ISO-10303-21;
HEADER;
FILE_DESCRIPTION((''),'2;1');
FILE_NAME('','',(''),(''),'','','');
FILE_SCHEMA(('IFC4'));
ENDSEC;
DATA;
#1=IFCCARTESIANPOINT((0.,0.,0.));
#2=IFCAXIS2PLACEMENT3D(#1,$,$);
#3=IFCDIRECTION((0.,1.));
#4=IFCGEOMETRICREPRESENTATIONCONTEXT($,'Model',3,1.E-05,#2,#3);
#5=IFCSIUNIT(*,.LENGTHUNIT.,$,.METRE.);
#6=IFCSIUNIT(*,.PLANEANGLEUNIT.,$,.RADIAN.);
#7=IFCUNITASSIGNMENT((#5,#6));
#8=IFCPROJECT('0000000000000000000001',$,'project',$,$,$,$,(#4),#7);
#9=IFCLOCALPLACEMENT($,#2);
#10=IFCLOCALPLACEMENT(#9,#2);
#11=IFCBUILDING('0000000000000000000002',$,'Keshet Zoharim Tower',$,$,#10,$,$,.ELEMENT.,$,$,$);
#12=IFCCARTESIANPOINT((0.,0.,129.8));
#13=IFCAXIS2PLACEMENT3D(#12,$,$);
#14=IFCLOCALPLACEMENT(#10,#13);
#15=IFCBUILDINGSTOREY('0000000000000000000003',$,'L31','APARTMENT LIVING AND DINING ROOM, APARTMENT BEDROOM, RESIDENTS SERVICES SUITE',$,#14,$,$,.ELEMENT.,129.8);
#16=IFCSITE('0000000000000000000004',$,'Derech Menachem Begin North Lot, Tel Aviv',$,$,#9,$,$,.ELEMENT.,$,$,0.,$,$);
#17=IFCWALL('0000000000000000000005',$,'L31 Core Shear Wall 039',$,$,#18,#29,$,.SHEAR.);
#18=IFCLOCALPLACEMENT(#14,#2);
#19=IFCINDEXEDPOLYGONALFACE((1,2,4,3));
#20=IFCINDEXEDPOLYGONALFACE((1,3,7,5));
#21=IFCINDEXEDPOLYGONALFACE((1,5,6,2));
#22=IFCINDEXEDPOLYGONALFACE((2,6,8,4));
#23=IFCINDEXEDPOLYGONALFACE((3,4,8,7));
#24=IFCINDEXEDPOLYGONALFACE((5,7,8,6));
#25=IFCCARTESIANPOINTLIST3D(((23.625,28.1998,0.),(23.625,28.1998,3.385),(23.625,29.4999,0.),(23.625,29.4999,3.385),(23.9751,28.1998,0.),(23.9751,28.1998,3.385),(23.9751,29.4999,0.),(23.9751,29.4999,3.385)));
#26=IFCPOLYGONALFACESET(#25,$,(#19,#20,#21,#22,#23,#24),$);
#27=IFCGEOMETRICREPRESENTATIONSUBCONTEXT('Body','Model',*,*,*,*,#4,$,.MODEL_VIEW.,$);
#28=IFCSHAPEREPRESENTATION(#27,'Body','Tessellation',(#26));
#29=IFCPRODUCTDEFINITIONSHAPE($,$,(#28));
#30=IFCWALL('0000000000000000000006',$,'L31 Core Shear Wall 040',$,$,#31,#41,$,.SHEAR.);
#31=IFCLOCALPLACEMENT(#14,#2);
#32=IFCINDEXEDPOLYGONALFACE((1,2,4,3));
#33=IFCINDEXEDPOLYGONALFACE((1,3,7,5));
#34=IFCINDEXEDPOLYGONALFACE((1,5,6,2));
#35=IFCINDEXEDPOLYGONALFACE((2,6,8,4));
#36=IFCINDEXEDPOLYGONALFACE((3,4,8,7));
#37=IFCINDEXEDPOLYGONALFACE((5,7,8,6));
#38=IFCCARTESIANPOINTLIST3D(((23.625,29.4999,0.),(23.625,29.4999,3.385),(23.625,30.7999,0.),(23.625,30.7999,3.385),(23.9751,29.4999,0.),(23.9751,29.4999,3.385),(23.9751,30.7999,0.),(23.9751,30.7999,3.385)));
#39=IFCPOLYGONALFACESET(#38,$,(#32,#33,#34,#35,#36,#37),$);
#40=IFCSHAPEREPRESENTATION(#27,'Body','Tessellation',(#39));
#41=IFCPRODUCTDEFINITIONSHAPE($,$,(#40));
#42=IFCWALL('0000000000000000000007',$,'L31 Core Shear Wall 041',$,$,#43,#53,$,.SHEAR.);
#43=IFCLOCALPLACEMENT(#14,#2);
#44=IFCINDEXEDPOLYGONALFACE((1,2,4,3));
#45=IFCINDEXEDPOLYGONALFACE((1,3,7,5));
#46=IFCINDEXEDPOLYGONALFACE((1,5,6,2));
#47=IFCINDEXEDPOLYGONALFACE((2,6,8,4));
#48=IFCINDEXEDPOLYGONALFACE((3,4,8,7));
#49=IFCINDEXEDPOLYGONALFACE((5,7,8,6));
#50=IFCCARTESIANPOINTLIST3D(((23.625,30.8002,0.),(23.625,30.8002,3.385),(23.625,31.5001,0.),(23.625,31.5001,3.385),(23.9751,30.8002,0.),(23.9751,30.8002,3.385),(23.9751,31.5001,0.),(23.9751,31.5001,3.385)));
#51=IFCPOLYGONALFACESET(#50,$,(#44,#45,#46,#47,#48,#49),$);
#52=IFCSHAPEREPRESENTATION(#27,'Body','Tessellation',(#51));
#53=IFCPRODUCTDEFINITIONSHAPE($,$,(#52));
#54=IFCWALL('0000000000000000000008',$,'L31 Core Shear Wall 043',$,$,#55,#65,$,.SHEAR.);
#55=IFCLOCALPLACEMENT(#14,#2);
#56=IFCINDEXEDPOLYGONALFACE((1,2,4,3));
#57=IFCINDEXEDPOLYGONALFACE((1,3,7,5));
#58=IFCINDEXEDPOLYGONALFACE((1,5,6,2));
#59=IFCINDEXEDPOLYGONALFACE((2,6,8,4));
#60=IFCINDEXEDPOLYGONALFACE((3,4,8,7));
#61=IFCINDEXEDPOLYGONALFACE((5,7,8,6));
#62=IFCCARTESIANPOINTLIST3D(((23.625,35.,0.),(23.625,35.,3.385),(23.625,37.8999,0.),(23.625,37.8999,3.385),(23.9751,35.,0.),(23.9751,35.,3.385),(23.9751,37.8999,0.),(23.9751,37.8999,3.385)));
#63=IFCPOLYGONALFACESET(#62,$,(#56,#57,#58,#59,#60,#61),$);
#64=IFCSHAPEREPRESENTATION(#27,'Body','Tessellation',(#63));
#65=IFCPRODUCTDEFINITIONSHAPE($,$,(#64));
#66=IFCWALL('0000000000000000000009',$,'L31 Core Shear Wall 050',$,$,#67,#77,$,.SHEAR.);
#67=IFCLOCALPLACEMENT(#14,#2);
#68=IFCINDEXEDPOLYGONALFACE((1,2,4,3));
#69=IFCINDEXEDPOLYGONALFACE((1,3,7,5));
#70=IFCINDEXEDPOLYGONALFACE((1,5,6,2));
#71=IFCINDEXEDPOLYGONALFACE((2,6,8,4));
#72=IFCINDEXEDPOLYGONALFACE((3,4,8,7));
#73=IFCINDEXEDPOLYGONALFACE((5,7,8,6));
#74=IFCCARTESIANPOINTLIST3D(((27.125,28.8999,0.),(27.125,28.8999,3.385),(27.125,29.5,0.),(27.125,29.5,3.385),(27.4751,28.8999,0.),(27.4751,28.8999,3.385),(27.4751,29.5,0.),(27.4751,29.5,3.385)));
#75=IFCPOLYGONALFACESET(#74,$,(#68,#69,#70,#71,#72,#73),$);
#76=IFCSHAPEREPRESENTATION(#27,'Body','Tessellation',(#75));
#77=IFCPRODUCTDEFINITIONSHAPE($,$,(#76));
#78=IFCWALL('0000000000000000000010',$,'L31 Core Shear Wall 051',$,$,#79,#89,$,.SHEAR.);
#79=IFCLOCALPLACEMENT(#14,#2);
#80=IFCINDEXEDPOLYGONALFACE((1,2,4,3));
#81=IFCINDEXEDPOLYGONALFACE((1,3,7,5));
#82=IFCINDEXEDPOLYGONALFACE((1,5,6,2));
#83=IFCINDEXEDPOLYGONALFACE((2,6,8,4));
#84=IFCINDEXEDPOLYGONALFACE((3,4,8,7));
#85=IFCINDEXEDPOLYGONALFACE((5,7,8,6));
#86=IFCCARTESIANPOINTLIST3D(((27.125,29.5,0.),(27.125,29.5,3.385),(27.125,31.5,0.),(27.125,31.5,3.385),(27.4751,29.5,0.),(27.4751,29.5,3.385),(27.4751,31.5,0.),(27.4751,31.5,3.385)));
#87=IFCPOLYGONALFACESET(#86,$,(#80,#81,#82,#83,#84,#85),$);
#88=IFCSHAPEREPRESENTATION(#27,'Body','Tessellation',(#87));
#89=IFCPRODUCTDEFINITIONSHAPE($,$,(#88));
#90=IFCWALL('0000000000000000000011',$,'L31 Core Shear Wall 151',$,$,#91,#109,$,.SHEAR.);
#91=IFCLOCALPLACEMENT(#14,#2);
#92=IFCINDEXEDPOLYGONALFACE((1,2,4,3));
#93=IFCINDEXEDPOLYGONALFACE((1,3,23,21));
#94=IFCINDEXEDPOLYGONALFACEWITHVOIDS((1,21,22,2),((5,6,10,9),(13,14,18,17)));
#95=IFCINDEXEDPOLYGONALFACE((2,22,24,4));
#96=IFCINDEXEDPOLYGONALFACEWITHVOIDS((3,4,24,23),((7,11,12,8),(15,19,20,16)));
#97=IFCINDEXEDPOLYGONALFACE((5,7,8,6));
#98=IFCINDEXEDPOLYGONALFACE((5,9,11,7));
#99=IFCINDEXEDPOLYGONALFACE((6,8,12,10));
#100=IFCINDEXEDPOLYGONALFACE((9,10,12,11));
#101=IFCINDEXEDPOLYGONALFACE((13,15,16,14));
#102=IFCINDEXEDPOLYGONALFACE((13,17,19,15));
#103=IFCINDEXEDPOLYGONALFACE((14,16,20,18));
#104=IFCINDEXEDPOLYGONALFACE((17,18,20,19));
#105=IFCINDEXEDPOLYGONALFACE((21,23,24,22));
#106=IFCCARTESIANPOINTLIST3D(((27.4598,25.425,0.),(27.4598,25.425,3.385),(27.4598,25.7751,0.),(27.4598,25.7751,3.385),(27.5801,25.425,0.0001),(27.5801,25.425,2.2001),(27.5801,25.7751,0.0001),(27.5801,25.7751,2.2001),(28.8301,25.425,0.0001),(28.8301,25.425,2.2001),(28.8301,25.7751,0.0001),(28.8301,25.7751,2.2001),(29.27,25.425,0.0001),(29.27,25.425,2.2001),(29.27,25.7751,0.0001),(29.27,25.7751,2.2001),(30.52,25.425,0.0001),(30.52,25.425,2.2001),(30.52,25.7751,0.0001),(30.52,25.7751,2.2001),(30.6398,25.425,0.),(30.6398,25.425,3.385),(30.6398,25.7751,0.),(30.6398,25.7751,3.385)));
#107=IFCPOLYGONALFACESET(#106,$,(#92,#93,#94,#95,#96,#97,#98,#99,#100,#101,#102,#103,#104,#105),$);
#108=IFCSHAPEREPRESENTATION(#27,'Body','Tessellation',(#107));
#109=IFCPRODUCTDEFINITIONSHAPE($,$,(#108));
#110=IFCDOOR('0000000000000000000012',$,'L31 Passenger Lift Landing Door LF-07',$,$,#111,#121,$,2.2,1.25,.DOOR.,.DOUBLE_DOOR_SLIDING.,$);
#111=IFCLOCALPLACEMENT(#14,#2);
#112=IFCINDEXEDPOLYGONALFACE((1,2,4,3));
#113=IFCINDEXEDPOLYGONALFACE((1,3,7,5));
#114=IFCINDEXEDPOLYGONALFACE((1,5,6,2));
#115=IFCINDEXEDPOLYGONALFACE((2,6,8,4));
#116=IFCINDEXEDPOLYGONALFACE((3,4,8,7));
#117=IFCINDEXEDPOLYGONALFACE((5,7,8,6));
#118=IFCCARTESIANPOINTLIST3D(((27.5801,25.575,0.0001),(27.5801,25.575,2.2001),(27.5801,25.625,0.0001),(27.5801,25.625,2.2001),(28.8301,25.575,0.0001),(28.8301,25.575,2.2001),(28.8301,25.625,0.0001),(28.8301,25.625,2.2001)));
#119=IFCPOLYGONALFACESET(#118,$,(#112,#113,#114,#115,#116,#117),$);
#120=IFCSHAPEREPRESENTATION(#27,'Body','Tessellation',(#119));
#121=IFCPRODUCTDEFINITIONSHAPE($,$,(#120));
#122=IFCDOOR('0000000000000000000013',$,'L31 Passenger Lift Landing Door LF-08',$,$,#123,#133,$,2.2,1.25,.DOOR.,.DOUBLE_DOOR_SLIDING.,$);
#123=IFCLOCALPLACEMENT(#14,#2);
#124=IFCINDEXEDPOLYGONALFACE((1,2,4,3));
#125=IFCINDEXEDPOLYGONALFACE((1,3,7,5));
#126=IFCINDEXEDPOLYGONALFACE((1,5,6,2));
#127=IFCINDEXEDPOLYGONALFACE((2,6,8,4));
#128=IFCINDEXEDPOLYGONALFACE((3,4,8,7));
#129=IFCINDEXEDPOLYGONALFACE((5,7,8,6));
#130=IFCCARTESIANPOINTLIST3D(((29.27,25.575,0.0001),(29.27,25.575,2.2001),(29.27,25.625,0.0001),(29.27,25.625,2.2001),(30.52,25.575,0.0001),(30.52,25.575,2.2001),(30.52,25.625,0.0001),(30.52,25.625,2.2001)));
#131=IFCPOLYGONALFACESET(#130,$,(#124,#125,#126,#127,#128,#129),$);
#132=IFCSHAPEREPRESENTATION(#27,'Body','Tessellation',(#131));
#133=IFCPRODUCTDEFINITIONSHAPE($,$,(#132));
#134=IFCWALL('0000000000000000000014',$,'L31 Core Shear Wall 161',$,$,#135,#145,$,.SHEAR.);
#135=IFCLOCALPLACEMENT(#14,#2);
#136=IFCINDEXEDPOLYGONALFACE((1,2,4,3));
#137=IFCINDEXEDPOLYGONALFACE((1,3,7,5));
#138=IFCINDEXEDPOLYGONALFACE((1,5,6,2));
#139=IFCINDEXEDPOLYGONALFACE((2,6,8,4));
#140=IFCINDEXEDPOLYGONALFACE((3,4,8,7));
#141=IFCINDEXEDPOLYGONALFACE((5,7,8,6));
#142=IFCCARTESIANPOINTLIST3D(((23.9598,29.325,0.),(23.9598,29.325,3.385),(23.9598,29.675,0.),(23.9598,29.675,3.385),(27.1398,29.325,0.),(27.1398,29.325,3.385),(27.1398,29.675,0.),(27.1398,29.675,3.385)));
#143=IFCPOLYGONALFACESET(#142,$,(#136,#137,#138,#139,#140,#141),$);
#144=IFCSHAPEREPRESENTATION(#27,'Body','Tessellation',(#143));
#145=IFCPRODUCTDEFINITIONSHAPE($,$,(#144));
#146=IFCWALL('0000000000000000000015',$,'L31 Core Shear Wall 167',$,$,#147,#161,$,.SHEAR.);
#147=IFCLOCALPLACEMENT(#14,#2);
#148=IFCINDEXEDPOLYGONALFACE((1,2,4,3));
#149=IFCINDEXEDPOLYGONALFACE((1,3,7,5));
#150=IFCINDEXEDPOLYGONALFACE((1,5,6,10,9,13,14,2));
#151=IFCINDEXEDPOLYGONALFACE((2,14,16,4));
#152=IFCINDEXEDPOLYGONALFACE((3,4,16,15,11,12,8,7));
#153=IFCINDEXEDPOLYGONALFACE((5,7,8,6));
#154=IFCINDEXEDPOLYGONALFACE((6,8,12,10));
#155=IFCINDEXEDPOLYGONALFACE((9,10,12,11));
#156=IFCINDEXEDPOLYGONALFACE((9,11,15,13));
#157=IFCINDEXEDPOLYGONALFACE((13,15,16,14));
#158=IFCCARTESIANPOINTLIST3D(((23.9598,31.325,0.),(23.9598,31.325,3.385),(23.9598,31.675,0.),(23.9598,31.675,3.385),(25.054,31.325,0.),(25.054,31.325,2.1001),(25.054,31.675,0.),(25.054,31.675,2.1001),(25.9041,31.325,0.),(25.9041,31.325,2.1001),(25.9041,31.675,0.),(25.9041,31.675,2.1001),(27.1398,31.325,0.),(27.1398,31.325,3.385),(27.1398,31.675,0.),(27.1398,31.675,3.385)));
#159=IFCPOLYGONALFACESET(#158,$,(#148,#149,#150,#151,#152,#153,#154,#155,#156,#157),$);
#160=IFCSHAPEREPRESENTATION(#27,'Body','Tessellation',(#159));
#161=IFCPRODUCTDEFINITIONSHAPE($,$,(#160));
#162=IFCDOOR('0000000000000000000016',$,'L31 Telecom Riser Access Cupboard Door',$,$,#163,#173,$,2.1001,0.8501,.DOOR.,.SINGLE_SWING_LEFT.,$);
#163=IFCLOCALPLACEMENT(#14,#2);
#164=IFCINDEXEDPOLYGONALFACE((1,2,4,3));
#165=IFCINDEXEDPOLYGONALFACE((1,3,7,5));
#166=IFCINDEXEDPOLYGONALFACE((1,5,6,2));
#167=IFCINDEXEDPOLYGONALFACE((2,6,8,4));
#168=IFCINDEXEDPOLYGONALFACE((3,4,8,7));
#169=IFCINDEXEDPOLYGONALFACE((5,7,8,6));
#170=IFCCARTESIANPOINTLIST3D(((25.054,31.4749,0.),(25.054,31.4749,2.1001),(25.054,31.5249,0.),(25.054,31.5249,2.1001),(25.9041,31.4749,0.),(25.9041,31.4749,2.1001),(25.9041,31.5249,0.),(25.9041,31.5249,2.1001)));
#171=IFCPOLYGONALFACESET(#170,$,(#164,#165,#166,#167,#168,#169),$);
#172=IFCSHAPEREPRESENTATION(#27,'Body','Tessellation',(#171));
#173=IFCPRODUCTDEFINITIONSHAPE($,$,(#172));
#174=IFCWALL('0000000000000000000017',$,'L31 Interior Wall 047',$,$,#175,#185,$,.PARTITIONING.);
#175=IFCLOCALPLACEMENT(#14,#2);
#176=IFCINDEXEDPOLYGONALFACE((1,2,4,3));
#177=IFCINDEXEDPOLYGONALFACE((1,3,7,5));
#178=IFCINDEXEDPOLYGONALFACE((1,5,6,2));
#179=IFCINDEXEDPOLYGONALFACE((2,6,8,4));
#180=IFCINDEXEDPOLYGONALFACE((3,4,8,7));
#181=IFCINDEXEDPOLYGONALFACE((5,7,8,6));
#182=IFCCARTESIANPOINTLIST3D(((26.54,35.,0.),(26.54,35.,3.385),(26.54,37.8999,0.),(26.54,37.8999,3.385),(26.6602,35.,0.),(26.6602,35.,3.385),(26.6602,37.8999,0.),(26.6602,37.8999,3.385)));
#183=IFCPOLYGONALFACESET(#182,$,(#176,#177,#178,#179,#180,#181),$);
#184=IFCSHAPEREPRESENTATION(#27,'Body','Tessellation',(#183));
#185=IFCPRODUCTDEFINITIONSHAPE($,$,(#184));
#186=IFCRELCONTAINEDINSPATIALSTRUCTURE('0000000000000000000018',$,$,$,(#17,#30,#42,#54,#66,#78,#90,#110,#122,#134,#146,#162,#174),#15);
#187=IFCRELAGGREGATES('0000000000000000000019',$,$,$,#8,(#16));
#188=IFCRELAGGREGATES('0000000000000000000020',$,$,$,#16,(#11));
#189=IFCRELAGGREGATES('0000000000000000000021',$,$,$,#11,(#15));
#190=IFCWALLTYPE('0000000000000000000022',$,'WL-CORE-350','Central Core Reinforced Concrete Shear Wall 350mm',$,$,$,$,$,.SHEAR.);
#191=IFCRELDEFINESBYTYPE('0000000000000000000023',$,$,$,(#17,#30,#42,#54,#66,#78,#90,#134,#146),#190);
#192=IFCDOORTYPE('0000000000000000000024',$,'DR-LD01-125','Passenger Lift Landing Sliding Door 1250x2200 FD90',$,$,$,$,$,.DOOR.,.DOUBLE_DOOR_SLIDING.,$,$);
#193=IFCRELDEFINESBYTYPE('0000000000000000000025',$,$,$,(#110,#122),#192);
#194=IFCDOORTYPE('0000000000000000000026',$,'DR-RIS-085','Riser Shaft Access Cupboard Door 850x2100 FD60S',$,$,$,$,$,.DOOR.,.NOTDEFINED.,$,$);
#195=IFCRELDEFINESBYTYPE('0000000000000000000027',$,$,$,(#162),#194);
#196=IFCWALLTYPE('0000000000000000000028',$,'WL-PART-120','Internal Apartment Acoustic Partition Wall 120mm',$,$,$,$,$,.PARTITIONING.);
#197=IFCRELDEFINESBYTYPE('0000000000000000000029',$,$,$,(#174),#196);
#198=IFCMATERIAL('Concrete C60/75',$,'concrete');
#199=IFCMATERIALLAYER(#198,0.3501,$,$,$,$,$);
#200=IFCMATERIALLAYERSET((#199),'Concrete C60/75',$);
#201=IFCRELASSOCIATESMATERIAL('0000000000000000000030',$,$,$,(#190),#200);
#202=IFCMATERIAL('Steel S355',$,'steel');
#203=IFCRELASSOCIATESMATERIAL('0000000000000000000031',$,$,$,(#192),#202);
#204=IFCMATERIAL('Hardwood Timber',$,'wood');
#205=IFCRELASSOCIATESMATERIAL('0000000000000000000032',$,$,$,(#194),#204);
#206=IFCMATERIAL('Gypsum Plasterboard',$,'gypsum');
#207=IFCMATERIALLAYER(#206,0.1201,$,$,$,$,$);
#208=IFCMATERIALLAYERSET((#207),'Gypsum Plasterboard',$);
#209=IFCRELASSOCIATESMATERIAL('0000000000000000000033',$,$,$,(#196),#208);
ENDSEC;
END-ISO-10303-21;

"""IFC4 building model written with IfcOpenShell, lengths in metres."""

from ifc_helpers import new_model, si_unit, direction, frame, frame_2d, origin, place, context, subcontext, project, spatial, rectangle, extrude, material, layer, layer_set, type_object, element, fill, save


model = new_model("IFC4")

# Units and contexts
model_context = context("Model", 3, precision=1e-05, world=origin(), true_north=direction((0.0, 1.0)))
body_context = subcontext(model_context, "Body", "Model", "MODEL_VIEW")
ifc_project = project(units=[si_unit("LENGTHUNIT", "METRE"), si_unit("PLANEANGLEUNIT", "RADIAN")], contexts=[model_context])

# Site, building, storey
site_placement = place(None, origin())
site = spatial("IfcSite", under=ifc_project, at=site_placement, Name="Derech Menachem Begin North Lot, Tel Aviv", CompositionType="ELEMENT", RefElevation=0.0)
building_placement = place(site_placement, origin())
building = spatial("IfcBuilding", under=site, at=building_placement, Name="Keshet Zoharim Tower", CompositionType="ELEMENT")
storey_placement = place(building_placement, frame((0.0, 0.0, 129.8)))
storey = spatial("IfcBuildingStorey", under=building, at=storey_placement, Name="L31", Description="APARTMENT LIVING AND DINING ROOM, APARTMENT BEDROOM, RESIDENTS SERVICES SUITE", CompositionType="ELEMENT", Elevation=129.8)

# Walls
ifc_material_1 = material(Name="Concrete C60/75", Category="concrete")
ifc_layer_1 = layer(ifc_material_1, 0.3501)
ifc_layer_set_1 = layer_set([ifc_layer_1], Name="Concrete C60/75")
wall_type_1 = type_object("IfcWallType", Name="WL-CORE-350", Description="Central Core Reinforced Concrete Shear Wall 350mm", PredefinedType="SHEAR", material=ifc_layer_set_1)
for number, where, z_axis, x_axis, name in (
    (1, (23.8, 28.2, 0.0), (0.0, 0.0, 1.0), (0.0, 1.0, 0.0), "L31 Core Shear Wall 039"),
    (2, (23.8, 29.5, 0.0), (0.0, 0.0, 1.0), (0.0, 1.0, 0.0), "L31 Core Shear Wall 040"),
):
    element("IfcWall", number, at=place(storey_placement, frame(where, z_axis=z_axis, x_axis=x_axis)), inside=storey, type_object=wall_type_1, Name=name, PredefinedType="SHEAR", context=body_context, shape_type="SweptSolid", body=[
        extrude(rectangle(XDim=1.3, YDim=0.3501, at=frame_2d((0.6499, 0.0))), origin(), (0.0, 0.0, 1.0), 3.385),
    ])
wall_1_placement = place(storey_placement, frame((23.8, 30.8, 0.0), z_axis=(0.0, 0.0, 1.0), x_axis=(0.0, 1.0, 0.0)))
element("IfcWall", 3, at=wall_1_placement, inside=storey, type_object=wall_type_1, Name="L31 Core Shear Wall 041", PredefinedType="SHEAR", context=body_context, shape_type="SweptSolid", body=[
    extrude(rectangle(XDim=0.7, YDim=0.3501, at=frame_2d((0.3501, 0.0))), origin(), (0.0, 0.0, 1.0), 3.385),
])

# Shared definitions
ifc_material_2 = material(Name="Hardwood Timber", Category="wood")

# Walls
wall_2_placement = place(storey_placement, frame((23.8, 35.0, 0.0), z_axis=(0.0, 0.0, 1.0), x_axis=(0.0, 1.0, 0.0)))
element("IfcWall", 4, at=wall_2_placement, inside=storey, type_object=wall_type_1, Name="L31 Core Shear Wall 043", PredefinedType="SHEAR", context=body_context, shape_type="SweptSolid", body=[
    extrude(rectangle(XDim=2.8999, YDim=0.3501, at=frame_2d((1.45, 0.0))), origin(), (0.0, 0.0, 1.0), 3.385),
])
wall_3_placement = place(storey_placement, frame((27.3, 28.8999, 0.0), z_axis=(0.0, 0.0, 1.0), x_axis=(0.0, 1.0, 0.0)))
element("IfcWall", 5, at=wall_3_placement, inside=storey, type_object=wall_type_1, Name="L31 Core Shear Wall 050", PredefinedType="SHEAR", context=body_context, shape_type="SweptSolid", body=[
    extrude(rectangle(XDim=0.6001, YDim=0.3501, at=frame_2d((0.3, 0.0))), origin(), (0.0, 0.0, 1.0), 3.385),
])
wall_4_placement = place(storey_placement, frame((27.3, 29.5, 0.0), z_axis=(0.0, 0.0, 1.0), x_axis=(0.0, 1.0, 0.0)))
element("IfcWall", 6, at=wall_4_placement, inside=storey, type_object=wall_type_1, Name="L31 Core Shear Wall 051", PredefinedType="SHEAR", context=body_context, shape_type="SweptSolid", body=[
    extrude(rectangle(XDim=2.0, YDim=0.3501, at=frame_2d((1.0, 0.0))), origin(), (0.0, 0.0, 1.0), 3.385),
])

# Wall, openings, doors
wall_5_placement = place(storey_placement, frame((27.46, 25.6001, 0.0), z_axis=(0.0, 0.0, 1.0), x_axis=(1.0, 0.0, 0.0)))
wall_5 = element("IfcWall", 7, at=wall_5_placement, inside=storey, type_object=wall_type_1, Name="L31 Core Shear Wall 151", PredefinedType="SHEAR", context=body_context, shape_type="SweptSolid", body=[
    extrude(rectangle(XDim=3.1799, YDim=0.3501, at=frame_2d((1.5898, 0.0))), origin(), (0.0, 0.0, 1.0), 3.385),
])
opening_1_placement = place(wall_5_placement, frame((0.1201, 0.0, 0.0)))
opening_1 = element("IfcOpeningElement", 8, at=opening_1_placement, cuts=wall_5, PredefinedType="OPENING", context=body_context, shape_type="SweptSolid", body=[
    extrude(rectangle(XDim=1.25, YDim=2.2, at=frame_2d((0.625, 1.1001))), frame((0.0, 0.1851, 0.0), z_axis=(0.0, -1.0, 0.0), x_axis=(1.0, 0.0, 0.0)), (0.0, 0.0, 1.0), 0.3701),
])
opening_2_placement = place(wall_5_placement, frame((1.8101, 0.0, 0.0)))
opening_2 = element("IfcOpeningElement", 9, at=opening_2_placement, cuts=wall_5, PredefinedType="OPENING", context=body_context, shape_type="SweptSolid", body=[
    extrude(rectangle(XDim=1.25, YDim=2.2, at=frame_2d((0.625, 1.1001))), frame((0.0, 0.1851, 0.0), z_axis=(0.0, -1.0, 0.0), x_axis=(1.0, 0.0, 0.0)), (0.0, 0.0, 1.0), 0.3701),
])
ifc_material_3 = material(Name="Steel S355", Category="steel")
door_type_1 = type_object("IfcDoorType", Name="DR-LD01-125", Description="Passenger Lift Landing Sliding Door 1250x2200 FD90", OperationType="DOUBLE_DOOR_SLIDING", PredefinedType="DOOR", material=ifc_material_3)
door_1_placement = place(opening_1_placement, origin())
door_1 = element("IfcDoor", 10, at=door_1_placement, inside=storey, type_object=door_type_1, Name="L31 Passenger Lift Landing Door LF-07", OperationType="DOUBLE_DOOR_SLIDING", OverallHeight=2.2, OverallWidth=1.25, PredefinedType="DOOR", context=body_context, shape_type="SweptSolid", body=[
    extrude(rectangle(XDim=1.25, YDim=2.2, at=frame_2d((0.625, 1.1001))), frame((0.0, 0.0249, 0.0), z_axis=(0.0, -1.0, 0.0), x_axis=(1.0, 0.0, 0.0)), (0.0, 0.0, 1.0), 0.05),
])
fill(opening_1, door_1)
door_2_placement = place(opening_2_placement, origin())
door_2 = element("IfcDoor", 11, at=door_2_placement, inside=storey, type_object=door_type_1, Name="L31 Passenger Lift Landing Door LF-08", OperationType="DOUBLE_DOOR_SLIDING", OverallHeight=2.2, OverallWidth=1.25, PredefinedType="DOOR", context=body_context, shape_type="SweptSolid", body=[
    extrude(rectangle(XDim=1.25, YDim=2.2, at=frame_2d((0.625, 1.1001))), frame((0.0, 0.0249, 0.0), z_axis=(0.0, -1.0, 0.0), x_axis=(1.0, 0.0, 0.0)), (0.0, 0.0, 1.0), 0.05),
])
fill(opening_2, door_2)

# Wall
wall_6_placement = place(storey_placement, frame((23.96, 29.5, 0.0), z_axis=(0.0, 0.0, 1.0), x_axis=(1.0, 0.0, 0.0)))
element("IfcWall", 12, at=wall_6_placement, inside=storey, type_object=wall_type_1, Name="L31 Core Shear Wall 161", PredefinedType="SHEAR", context=body_context, shape_type="SweptSolid", body=[
    extrude(rectangle(XDim=3.1799, YDim=0.3501, at=frame_2d((1.5898, 0.0))), origin(), (0.0, 0.0, 1.0), 3.385),
])

# Wall, opening, door
wall_7_placement = place(storey_placement, frame((23.96, 31.5, 0.0), z_axis=(0.0, 0.0, 1.0), x_axis=(1.0, 0.0, 0.0)))
wall_7 = element("IfcWall", 13, at=wall_7_placement, inside=storey, type_object=wall_type_1, Name="L31 Core Shear Wall 167", PredefinedType="SHEAR", context=body_context, shape_type="SweptSolid", body=[
    extrude(rectangle(XDim=3.1799, YDim=0.3501, at=frame_2d((1.5898, 0.0))), origin(), (0.0, 0.0, 1.0), 3.385),
])
opening_3_placement = place(wall_7_placement, frame((1.094, 0.0, 0.0)))
opening_3 = element("IfcOpeningElement", 14, at=opening_3_placement, cuts=wall_7, PredefinedType="OPENING", context=body_context, shape_type="SweptSolid", body=[
    extrude(rectangle(XDim=0.8501, YDim=2.1001, at=frame_2d((0.425, 1.05))), frame((0.0, 0.1851, 0.0), z_axis=(0.0, -1.0, 0.0), x_axis=(1.0, 0.0, 0.0)), (0.0, 0.0, 1.0), 0.3701),
])
door_type_2 = type_object("IfcDoorType", Name="DR-RIS-085", Description="Riser Shaft Access Cupboard Door 850x2100 FD60S", OperationType="NOTDEFINED", PredefinedType="DOOR", material=ifc_material_2)
door_3_placement = place(opening_3_placement, origin())
door_3 = element("IfcDoor", 15, at=door_3_placement, inside=storey, type_object=door_type_2, Name="L31 Telecom Riser Access Cupboard Door", OperationType="SINGLE_SWING_LEFT", OverallHeight=2.1001, OverallWidth=0.8501, PredefinedType="DOOR", context=body_context, shape_type="SweptSolid", body=[
    extrude(rectangle(XDim=0.8501, YDim=2.1001, at=frame_2d((0.425, 1.05))), frame((0.0, 0.0249, 0.0), z_axis=(0.0, -1.0, 0.0), x_axis=(1.0, 0.0, 0.0)), (0.0, 0.0, 1.0), 0.05),
])
fill(opening_3, door_3)

# Wall
ifc_material_4 = material(Name="Gypsum Plasterboard", Category="gypsum")
ifc_layer_2 = layer(ifc_material_4, 0.1201)
ifc_layer_set_2 = layer_set([ifc_layer_2], Name="Gypsum Plasterboard")
wall_type_2 = type_object("IfcWallType", Name="WL-PART-120", Description="Internal Apartment Acoustic Partition Wall 120mm", PredefinedType="PARTITIONING", material=ifc_layer_set_2)
wall_8_placement = place(storey_placement, frame((26.6001, 35.0, 0.0), z_axis=(0.0, 0.0, 1.0), x_axis=(0.0, 1.0, 0.0)))
element("IfcWall", 16, at=wall_8_placement, inside=storey, type_object=wall_type_2, Name="L31 Interior Wall 047", PredefinedType="PARTITIONING", context=body_context, shape_type="SweptSolid", body=[
    extrude(rectangle(XDim=2.8999, YDim=0.1201, at=frame_2d((1.45, 0.0))), origin(), (0.0, 0.0, 1.0), 3.385),
])

save(model, "model.ifc")
